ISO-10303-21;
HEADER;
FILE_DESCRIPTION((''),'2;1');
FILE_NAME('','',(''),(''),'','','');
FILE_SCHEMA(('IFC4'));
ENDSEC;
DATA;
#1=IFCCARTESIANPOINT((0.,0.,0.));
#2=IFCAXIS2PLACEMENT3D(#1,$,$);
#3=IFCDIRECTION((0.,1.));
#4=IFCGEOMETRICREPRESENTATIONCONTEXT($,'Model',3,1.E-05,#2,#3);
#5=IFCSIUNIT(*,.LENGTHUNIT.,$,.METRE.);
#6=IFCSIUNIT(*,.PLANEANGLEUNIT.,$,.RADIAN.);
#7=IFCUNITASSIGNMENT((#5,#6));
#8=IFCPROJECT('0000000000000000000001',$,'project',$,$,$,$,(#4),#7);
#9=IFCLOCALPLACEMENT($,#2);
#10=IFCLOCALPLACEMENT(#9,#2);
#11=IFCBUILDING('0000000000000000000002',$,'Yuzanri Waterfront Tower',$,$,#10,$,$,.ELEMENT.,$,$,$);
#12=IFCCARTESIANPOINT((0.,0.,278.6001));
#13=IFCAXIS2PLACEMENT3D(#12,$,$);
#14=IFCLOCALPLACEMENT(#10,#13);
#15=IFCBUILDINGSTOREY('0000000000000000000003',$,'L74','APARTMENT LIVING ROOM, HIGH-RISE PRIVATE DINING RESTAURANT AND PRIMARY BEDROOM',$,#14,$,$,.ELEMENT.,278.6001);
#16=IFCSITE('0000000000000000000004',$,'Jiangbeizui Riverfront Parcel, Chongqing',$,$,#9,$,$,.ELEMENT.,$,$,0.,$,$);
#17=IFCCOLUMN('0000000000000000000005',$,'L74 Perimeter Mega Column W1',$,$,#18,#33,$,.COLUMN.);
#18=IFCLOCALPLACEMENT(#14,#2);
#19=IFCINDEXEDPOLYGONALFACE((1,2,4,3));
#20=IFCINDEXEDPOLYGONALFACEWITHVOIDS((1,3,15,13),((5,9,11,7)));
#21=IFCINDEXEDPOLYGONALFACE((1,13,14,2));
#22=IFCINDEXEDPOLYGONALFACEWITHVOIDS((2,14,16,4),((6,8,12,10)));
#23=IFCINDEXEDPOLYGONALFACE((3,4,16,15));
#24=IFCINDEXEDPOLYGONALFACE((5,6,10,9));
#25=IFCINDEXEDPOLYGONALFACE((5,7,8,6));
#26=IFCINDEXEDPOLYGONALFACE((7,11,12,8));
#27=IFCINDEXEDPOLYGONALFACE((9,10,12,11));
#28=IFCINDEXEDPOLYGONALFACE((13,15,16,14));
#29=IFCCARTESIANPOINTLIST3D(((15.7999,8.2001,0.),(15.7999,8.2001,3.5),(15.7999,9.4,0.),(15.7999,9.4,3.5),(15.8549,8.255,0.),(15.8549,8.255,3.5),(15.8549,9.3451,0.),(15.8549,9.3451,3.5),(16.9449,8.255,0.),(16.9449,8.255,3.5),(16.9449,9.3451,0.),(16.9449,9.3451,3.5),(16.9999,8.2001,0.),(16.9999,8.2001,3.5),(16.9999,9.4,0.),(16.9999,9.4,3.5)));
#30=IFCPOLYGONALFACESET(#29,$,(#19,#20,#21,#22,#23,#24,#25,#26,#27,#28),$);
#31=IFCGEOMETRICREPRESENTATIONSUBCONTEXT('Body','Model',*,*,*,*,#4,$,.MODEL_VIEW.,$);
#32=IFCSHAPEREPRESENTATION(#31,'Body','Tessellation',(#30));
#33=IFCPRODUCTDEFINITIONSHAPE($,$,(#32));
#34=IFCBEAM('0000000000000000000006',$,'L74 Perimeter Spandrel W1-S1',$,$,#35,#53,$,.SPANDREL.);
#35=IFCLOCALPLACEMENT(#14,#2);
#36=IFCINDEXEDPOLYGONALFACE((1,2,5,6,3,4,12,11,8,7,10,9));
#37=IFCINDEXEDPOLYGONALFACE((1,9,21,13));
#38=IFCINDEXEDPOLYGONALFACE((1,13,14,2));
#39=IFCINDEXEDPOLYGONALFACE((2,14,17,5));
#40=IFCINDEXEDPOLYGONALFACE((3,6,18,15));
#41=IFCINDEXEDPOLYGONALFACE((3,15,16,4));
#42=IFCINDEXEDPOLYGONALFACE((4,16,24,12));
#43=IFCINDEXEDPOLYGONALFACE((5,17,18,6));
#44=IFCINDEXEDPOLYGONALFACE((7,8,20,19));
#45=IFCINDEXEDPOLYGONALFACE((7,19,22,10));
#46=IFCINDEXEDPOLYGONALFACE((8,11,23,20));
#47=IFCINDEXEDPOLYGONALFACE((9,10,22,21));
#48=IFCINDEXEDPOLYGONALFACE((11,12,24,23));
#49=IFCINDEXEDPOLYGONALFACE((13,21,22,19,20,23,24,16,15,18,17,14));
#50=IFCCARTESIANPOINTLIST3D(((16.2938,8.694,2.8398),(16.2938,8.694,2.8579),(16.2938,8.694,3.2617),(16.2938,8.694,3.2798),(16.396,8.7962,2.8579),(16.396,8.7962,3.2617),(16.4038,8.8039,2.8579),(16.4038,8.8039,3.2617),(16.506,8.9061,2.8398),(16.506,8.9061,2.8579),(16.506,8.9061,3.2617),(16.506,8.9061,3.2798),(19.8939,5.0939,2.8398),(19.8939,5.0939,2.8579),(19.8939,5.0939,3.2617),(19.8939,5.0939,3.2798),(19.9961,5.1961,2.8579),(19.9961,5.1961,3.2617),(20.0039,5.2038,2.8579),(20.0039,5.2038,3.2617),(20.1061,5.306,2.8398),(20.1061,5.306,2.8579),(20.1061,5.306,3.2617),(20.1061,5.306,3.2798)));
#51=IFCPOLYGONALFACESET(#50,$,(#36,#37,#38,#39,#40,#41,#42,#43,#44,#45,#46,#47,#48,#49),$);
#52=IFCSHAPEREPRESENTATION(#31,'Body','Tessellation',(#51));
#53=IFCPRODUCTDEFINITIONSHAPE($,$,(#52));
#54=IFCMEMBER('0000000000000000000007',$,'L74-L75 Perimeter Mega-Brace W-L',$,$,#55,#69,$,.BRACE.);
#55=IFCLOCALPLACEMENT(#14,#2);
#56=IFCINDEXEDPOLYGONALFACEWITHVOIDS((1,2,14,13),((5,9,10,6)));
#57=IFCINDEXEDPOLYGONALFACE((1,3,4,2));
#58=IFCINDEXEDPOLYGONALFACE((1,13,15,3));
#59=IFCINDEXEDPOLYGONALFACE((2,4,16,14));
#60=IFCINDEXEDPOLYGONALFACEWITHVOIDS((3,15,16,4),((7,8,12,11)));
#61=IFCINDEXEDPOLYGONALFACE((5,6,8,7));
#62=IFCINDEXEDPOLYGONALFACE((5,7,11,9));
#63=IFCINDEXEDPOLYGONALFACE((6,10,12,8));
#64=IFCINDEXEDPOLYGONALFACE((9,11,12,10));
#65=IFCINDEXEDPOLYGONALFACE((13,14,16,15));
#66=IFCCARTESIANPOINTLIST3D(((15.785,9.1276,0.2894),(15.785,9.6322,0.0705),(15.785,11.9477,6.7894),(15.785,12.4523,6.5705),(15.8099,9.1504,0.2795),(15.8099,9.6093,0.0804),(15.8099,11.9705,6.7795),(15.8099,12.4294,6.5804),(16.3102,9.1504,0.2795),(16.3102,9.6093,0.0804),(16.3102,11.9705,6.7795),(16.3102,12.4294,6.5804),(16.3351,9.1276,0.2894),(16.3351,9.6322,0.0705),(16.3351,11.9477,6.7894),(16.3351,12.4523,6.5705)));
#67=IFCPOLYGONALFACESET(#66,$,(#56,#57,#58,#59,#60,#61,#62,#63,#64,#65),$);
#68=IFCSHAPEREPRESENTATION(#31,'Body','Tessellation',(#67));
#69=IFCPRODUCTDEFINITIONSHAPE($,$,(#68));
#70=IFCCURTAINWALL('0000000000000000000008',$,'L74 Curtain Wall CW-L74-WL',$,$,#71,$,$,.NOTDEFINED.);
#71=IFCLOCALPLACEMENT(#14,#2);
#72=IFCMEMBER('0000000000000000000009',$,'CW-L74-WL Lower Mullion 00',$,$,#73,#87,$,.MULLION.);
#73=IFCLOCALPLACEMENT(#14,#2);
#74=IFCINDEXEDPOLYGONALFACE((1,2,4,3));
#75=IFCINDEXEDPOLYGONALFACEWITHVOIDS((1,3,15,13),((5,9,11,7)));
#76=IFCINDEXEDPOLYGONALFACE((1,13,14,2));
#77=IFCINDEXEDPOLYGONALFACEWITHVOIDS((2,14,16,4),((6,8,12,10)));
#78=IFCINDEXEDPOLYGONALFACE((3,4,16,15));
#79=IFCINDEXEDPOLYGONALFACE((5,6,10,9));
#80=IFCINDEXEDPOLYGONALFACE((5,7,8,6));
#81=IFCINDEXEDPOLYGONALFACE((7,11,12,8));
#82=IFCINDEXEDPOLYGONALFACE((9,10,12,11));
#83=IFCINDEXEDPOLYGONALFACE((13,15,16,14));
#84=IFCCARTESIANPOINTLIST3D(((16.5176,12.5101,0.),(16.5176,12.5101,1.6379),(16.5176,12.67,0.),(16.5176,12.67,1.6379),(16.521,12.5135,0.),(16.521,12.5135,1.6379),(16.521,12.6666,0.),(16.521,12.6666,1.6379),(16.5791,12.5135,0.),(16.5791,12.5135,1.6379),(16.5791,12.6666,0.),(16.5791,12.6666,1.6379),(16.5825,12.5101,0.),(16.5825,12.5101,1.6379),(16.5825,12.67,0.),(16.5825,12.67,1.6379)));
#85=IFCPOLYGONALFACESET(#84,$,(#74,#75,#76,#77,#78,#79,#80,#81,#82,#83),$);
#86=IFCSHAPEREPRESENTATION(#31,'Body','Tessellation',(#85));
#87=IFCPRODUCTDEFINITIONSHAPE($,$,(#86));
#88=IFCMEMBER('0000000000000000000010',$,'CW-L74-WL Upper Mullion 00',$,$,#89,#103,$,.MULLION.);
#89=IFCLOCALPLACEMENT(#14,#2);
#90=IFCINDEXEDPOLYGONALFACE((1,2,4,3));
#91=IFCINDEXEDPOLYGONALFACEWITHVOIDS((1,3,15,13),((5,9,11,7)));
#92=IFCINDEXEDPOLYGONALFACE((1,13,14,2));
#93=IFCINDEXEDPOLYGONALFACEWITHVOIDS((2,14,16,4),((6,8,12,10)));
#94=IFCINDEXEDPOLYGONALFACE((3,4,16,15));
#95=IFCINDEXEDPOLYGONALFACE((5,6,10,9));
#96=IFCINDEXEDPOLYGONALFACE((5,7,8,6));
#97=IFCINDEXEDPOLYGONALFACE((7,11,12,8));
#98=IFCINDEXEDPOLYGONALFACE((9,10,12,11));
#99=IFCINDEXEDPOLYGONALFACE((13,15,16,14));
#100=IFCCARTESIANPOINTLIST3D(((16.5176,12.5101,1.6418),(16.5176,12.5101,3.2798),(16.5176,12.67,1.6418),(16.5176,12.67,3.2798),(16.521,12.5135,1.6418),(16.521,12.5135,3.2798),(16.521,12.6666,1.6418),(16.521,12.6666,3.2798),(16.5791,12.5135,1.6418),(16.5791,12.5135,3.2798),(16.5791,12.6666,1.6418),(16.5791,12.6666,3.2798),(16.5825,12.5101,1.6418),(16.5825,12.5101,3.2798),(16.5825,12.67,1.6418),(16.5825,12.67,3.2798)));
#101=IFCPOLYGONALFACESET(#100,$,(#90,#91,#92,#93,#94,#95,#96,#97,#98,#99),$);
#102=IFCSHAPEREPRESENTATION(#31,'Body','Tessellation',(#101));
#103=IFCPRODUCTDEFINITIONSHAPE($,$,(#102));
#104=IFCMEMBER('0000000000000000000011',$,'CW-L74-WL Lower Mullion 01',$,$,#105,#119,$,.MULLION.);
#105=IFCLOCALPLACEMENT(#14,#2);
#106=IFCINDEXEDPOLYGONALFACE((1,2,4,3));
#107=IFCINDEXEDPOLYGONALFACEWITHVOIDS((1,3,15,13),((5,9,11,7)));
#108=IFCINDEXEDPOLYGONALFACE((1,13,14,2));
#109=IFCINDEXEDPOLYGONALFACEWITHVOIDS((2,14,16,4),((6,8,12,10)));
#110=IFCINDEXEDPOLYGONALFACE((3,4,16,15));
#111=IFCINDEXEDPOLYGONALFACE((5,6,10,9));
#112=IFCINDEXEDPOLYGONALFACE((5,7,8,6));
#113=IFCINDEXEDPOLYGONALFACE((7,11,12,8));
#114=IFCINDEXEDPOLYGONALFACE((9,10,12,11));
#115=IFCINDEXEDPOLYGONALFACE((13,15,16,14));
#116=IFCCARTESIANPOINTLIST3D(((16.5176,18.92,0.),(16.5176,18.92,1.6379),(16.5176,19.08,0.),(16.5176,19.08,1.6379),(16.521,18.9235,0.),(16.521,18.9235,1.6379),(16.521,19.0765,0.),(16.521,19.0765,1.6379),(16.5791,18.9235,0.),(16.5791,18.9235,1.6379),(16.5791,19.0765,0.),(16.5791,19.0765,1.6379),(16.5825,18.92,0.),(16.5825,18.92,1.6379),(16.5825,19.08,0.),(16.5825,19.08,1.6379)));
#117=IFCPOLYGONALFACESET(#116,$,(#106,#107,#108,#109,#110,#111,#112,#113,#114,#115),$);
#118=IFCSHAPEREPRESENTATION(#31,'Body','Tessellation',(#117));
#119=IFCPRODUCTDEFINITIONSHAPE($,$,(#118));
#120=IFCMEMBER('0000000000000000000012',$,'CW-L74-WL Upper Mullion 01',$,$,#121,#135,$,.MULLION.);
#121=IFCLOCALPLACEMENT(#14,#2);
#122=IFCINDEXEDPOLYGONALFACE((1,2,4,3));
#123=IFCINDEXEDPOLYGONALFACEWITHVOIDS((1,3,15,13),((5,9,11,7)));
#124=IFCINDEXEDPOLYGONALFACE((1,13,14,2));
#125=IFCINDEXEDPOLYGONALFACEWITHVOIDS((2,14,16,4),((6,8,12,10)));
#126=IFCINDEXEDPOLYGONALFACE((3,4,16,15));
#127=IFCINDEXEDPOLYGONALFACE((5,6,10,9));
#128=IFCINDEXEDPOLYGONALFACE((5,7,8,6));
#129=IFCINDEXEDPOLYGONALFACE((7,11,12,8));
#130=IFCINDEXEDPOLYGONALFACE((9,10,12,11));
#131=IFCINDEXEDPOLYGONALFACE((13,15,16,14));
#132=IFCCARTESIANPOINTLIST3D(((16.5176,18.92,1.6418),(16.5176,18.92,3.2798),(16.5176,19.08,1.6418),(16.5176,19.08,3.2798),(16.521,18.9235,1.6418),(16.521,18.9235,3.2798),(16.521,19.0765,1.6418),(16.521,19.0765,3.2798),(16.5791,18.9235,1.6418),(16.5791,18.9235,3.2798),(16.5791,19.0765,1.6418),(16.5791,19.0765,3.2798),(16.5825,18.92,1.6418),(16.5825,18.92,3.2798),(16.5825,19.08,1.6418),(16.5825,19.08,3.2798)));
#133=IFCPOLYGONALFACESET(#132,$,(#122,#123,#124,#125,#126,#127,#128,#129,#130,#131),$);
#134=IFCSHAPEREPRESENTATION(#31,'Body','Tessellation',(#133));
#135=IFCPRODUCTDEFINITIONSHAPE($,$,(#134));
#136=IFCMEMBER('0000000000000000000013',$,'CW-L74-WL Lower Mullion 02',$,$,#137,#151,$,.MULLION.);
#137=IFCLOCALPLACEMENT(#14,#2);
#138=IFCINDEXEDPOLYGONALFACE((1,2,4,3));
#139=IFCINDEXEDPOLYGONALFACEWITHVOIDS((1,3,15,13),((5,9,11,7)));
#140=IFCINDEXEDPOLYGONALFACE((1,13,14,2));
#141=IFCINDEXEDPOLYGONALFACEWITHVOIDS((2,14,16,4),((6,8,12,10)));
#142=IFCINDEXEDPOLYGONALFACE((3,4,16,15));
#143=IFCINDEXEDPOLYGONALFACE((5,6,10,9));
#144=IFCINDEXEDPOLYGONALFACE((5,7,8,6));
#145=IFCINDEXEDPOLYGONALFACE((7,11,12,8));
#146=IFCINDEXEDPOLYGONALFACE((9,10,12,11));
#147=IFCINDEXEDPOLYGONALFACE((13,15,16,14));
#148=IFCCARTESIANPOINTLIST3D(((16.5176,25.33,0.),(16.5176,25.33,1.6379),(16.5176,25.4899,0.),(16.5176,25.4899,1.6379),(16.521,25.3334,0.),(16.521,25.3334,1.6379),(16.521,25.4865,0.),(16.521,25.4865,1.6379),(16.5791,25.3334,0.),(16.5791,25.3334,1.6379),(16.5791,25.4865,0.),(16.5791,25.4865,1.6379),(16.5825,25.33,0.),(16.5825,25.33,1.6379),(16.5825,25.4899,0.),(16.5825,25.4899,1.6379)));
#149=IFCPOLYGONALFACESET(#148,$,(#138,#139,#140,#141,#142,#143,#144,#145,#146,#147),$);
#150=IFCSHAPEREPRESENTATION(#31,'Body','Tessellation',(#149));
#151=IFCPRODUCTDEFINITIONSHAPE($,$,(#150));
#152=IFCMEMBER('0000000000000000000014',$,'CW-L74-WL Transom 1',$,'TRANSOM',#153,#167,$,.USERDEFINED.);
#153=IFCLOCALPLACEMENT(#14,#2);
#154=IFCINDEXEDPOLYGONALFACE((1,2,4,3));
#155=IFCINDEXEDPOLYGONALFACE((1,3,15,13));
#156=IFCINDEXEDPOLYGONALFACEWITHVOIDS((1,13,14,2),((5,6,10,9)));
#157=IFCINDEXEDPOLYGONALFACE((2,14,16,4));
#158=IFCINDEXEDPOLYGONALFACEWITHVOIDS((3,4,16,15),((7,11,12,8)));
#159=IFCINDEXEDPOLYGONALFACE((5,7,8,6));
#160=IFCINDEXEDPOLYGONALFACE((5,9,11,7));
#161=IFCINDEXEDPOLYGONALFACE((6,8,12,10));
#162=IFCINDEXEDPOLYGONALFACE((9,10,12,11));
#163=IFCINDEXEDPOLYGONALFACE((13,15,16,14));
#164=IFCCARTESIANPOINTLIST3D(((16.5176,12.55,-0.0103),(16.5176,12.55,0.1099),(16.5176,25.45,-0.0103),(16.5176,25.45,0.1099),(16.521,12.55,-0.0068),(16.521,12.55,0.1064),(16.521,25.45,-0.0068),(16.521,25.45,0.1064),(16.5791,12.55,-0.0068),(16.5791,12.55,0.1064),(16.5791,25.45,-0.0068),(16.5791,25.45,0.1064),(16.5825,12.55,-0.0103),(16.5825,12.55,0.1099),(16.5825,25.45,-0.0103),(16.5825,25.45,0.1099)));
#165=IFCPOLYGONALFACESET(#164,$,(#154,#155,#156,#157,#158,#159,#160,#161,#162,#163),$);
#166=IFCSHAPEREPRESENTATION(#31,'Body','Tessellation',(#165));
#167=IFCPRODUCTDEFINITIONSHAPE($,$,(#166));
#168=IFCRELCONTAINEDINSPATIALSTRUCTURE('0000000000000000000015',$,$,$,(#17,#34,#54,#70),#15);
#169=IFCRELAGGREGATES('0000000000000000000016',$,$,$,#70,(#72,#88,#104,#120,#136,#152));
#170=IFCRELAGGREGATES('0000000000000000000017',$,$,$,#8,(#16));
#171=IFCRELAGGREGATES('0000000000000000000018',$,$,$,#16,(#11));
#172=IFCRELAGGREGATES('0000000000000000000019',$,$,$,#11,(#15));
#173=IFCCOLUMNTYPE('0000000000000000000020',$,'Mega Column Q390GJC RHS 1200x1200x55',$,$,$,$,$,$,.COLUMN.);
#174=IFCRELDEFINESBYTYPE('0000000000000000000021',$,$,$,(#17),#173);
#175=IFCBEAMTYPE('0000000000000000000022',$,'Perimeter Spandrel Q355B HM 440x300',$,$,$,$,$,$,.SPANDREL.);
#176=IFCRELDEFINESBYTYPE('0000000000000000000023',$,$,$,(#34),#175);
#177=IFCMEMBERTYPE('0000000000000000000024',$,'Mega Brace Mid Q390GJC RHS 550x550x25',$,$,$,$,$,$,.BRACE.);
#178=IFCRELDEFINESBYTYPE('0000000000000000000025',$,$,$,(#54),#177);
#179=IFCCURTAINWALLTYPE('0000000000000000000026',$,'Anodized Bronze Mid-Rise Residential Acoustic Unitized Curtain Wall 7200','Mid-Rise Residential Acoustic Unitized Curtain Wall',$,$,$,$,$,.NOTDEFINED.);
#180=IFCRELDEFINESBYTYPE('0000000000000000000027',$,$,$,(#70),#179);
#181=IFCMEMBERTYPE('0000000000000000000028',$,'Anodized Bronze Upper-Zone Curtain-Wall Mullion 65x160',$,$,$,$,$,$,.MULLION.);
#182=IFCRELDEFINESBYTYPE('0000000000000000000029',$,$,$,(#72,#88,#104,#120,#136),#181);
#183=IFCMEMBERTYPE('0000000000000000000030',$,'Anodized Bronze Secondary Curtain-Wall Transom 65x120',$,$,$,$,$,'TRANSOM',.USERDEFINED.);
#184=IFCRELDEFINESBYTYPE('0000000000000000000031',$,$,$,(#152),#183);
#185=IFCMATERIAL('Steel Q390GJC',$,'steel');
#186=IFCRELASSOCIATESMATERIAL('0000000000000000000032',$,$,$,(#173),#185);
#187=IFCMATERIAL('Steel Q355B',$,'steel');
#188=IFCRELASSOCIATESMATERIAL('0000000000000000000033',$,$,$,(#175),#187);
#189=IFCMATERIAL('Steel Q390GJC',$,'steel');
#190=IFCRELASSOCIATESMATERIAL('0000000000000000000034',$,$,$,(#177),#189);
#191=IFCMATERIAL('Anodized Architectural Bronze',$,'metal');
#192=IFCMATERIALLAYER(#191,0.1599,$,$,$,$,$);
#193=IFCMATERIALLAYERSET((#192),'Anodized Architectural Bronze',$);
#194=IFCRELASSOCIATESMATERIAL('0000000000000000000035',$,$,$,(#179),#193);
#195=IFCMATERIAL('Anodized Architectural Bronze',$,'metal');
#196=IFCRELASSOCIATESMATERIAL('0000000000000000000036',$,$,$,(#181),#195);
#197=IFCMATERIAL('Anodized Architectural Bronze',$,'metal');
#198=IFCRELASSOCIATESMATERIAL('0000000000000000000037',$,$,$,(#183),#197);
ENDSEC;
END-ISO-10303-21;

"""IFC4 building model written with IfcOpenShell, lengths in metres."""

from ifc_helpers import new_model, si_unit, direction, frame, origin, origin_2d, place, context, subcontext, project, spatial, hollow_rectangle, i_section, extrude, source, transform, mapped, material, layer, layer_set, material_profile, profile_set, type_object, element, aggregate, save


model = new_model("IFC4")

# Units and contexts
model_context = context("Model", 3, precision=1e-05, world=origin(), true_north=direction((0.0, 1.0)))
body_context = subcontext(model_context, "Body", "Model", "MODEL_VIEW")
ifc_project = project(units=[si_unit("LENGTHUNIT", "METRE"), si_unit("PLANEANGLEUNIT", "RADIAN")], contexts=[model_context])

# Site, building, storey
site_placement = place(None, origin())
site = spatial("IfcSite", under=ifc_project, at=site_placement, Name="Jiangbeizui Riverfront Parcel, Chongqing", CompositionType="ELEMENT", RefElevation=0.0)
building_placement = place(site_placement, origin())
building = spatial("IfcBuilding", under=site, at=building_placement, Name="Yuzanri Waterfront Tower", CompositionType="ELEMENT")
storey_placement = place(building_placement, frame((0.0, 0.0, 278.6001)))
storey = spatial("IfcBuildingStorey", under=building, at=storey_placement, Name="L74", Description="APARTMENT LIVING ROOM, HIGH-RISE PRIVATE DINING RESTAURANT AND PRIMARY BEDROOM", CompositionType="ELEMENT", Elevation=278.6001)

# Column
ifc_material_1 = material(Name="Steel Q390GJC", Category="steel")
ifc_material_profile_1 = material_profile(ifc_material_1, hollow_rectangle(XDim=1.2, YDim=1.2, WallThickness=0.0549, at=origin_2d()), Name="RHS 1200x1200x55")
ifc_profile_set_1 = profile_set([ifc_material_profile_1], Name="Steel Q390GJC")
column_type = type_object("IfcColumnType", Name="Mega Column Q390GJC RHS 1200x1200x55", PredefinedType="COLUMN", material=ifc_profile_set_1)
shared_shape_1 = source(origin(), body_context, "Body", "SweptSolid", [
    extrude(hollow_rectangle(XDim=1.2, YDim=1.2, WallThickness=0.0549, at=origin_2d()), origin(), (0.0, 0.0, 1.0), 3.5),
])
column_placement = place(storey_placement, frame((16.3999, 8.8, 0.0), z_axis=(0.0, 0.0, 1.0), x_axis=(1.0, 0.0, 0.0)))
element("IfcColumn", 1, at=column_placement, inside=storey, type_object=column_type, Name="L74 Perimeter Mega Column W1", PredefinedType="COLUMN", context=body_context, shape_type="MappedRepresentation", body=[
    mapped(shared_shape_1, transform((0.0, 0.0, 0.0), scale=1.0)),
])

# Beam
ifc_material_2 = material(Name="Steel Q355B", Category="steel")
ifc_material_profile_2 = material_profile(ifc_material_2, i_section(OverallWidth=0.3, OverallDepth=0.4399, WebThickness=0.011, FlangeThickness=0.0181, at=origin_2d()), Name="HM 440x300x11x18")
ifc_profile_set_2 = profile_set([ifc_material_profile_2], Name="Steel Q355B")
beam_type = type_object("IfcBeamType", Name="Perimeter Spandrel Q355B HM 440x300", PredefinedType="SPANDREL", material=ifc_profile_set_2)
shared_shape_2 = source(origin(), body_context, "Body", "SweptSolid", [
    extrude(i_section(OverallWidth=0.3, OverallDepth=0.4399, WebThickness=0.011, FlangeThickness=0.0181, at=origin_2d()), origin(), (0.0, 0.0, 1.0), 5.0913),
])
beam_placement = place(storey_placement, frame((16.3999, 8.8, 3.0598), z_axis=(0.707107, -0.707107, 0.0), x_axis=(0.707107, 0.707107, 0.0)))
element("IfcBeam", 2, at=beam_placement, inside=storey, type_object=beam_type, Name="L74 Perimeter Spandrel W1-S1", PredefinedType="SPANDREL", context=body_context, shape_type="MappedRepresentation", body=[
    mapped(shared_shape_2, transform((0.0, 0.0, 0.0), scale=1.0)),
])

# Member
ifc_material_3 = material(Name="Steel Q390GJC", Category="steel")
ifc_material_profile_3 = material_profile(ifc_material_3, hollow_rectangle(XDim=0.55, YDim=0.55, WallThickness=0.0249, at=origin_2d()), Name="RHS 550x550x25")
ifc_profile_set_3 = profile_set([ifc_material_profile_3], Name="Steel Q390GJC")
member_type_1 = type_object("IfcMemberType", Name="Mega Brace Mid Q390GJC RHS 550x550x25", PredefinedType="BRACE", material=ifc_profile_set_3)
shared_shape_3 = source(origin(), body_context, "Body", "SweptSolid", [
    extrude(hollow_rectangle(XDim=0.55, YDim=0.55, WallThickness=0.0249, at=origin_2d()), origin(), (0.0, 0.0, 1.0), 7.0854),
])
member_1_placement = place(storey_placement, frame((16.0601, 9.3799, 0.1799), z_axis=(0.0, 0.398012, 0.91738), x_axis=(-1.0, 0.0, 0.0)))
element("IfcMember", 3, at=member_1_placement, inside=storey, type_object=member_type_1, Name="L74-L75 Perimeter Mega-Brace W-L", PredefinedType="BRACE", context=body_context, shape_type="MappedRepresentation", body=[
    mapped(shared_shape_3, transform((0.0, 0.0, 0.0), scale=1.0)),
])

# Curtain wall, members
ifc_material_4 = material(Name="Anodized Architectural Bronze", Category="metal")
ifc_layer_1 = layer(ifc_material_4, 0.1599)
ifc_layer_set_1 = layer_set([ifc_layer_1], Name="Anodized Architectural Bronze")
curtain_wall_type = type_object("IfcCurtainWallType", Name="Anodized Bronze Mid-Rise Residential Acoustic Unitized Curtain Wall 7200", Description="Mid-Rise Residential Acoustic Unitized Curtain Wall", PredefinedType="NOTDEFINED", material=ifc_layer_set_1)
curtain_wall_placement = place(storey_placement, origin())
curtain_wall = element("IfcCurtainWall", 4, at=curtain_wall_placement, inside=storey, type_object=curtain_wall_type, Name="L74 Curtain Wall CW-L74-WL", PredefinedType="NOTDEFINED")
ifc_material_5 = material(Name="Anodized Architectural Bronze", Category="metal")
ifc_material_profile_4 = material_profile(ifc_material_5, hollow_rectangle(XDim=0.0649, YDim=0.1599, WallThickness=0.0034, at=origin_2d()), Name="CWM 65x160")
ifc_profile_set_4 = profile_set([ifc_material_profile_4], Name="Anodized Architectural Bronze")
member_type_2 = type_object("IfcMemberType", Name="Anodized Bronze Upper-Zone Curtain-Wall Mullion 65x160", PredefinedType="MULLION", material=ifc_profile_set_4)
shared_shape_4 = source(origin(), body_context, "Body", "SweptSolid", [
    extrude(hollow_rectangle(XDim=0.0649, YDim=0.1599, WallThickness=0.0034, at=origin_2d()), origin(), (0.0, 0.0, 1.0), 1.6379),
])
member_2_placement = place(storey_placement, frame((16.55, 12.5901, 0.0), z_axis=(0.0, 0.0, 1.0), x_axis=(1.0, 0.0, 0.0)))
member_2 = element("IfcMember", 5, at=member_2_placement, type_object=member_type_2, Name="CW-L74-WL Lower Mullion 00", PredefinedType="MULLION", context=body_context, shape_type="MappedRepresentation", body=[
    mapped(shared_shape_4, transform((0.0, 0.0, 0.0), scale=1.0)),
])
member_3_placement = place(storey_placement, frame((16.55, 12.5901, 1.6418), z_axis=(0.0, 0.0, 1.0), x_axis=(1.0, 0.0, 0.0)))
member_3 = element("IfcMember", 6, at=member_3_placement, type_object=member_type_2, Name="CW-L74-WL Upper Mullion 00", PredefinedType="MULLION", context=body_context, shape_type="MappedRepresentation", body=[
    mapped(shared_shape_4, transform((0.0, 0.0, 0.0), scale=1.0)),
])
member_4_placement = place(storey_placement, frame((16.55, 19.0, 0.0), z_axis=(0.0, 0.0, 1.0), x_axis=(1.0, 0.0, 0.0)))
member_4 = element("IfcMember", 7, at=member_4_placement, type_object=member_type_2, Name="CW-L74-WL Lower Mullion 01", PredefinedType="MULLION", context=body_context, shape_type="MappedRepresentation", body=[
    mapped(shared_shape_4, transform((0.0, 0.0, 0.0), scale=1.0)),
])
member_5_placement = place(storey_placement, frame((16.55, 19.0, 1.6418), z_axis=(0.0, 0.0, 1.0), x_axis=(1.0, 0.0, 0.0)))
member_5 = element("IfcMember", 8, at=member_5_placement, type_object=member_type_2, Name="CW-L74-WL Upper Mullion 01", PredefinedType="MULLION", context=body_context, shape_type="MappedRepresentation", body=[
    mapped(shared_shape_4, transform((0.0, 0.0, 0.0), scale=1.0)),
])
member_6_placement = place(storey_placement, frame((16.55, 25.4099, 0.0), z_axis=(0.0, 0.0, 1.0), x_axis=(1.0, 0.0, 0.0)))
member_6 = element("IfcMember", 9, at=member_6_placement, type_object=member_type_2, Name="CW-L74-WL Lower Mullion 02", PredefinedType="MULLION", context=body_context, shape_type="MappedRepresentation", body=[
    mapped(shared_shape_4, transform((0.0, 0.0, 0.0), scale=1.0)),
])
ifc_material_6 = material(Name="Anodized Architectural Bronze", Category="metal")
ifc_material_profile_5 = material_profile(ifc_material_6, hollow_rectangle(XDim=0.0649, YDim=0.1201, WallThickness=0.0034, at=origin_2d()), Name="CWT 65x120")
ifc_profile_set_5 = profile_set([ifc_material_profile_5], Name="Anodized Architectural Bronze")
member_type_3 = type_object("IfcMemberType", Name="Anodized Bronze Secondary Curtain-Wall Transom 65x120", ElementType="TRANSOM", PredefinedType="USERDEFINED", material=ifc_profile_set_5)
shared_shape_5 = source(origin(), body_context, "Body", "SweptSolid", [
    extrude(hollow_rectangle(XDim=0.0649, YDim=0.1201, WallThickness=0.0034, at=origin_2d()), origin(), (0.0, 0.0, 1.0), 12.8999),
])
member_7_placement = place(storey_placement, frame((16.55, 12.55, 0.0498), z_axis=(0.0, 1.0, 0.0), x_axis=(-1.0, 0.0, 0.0)))
member_7 = element("IfcMember", 10, at=member_7_placement, type_object=member_type_3, Name="CW-L74-WL Transom 1", ObjectType="TRANSOM", PredefinedType="USERDEFINED", context=body_context, shape_type="MappedRepresentation", body=[
    mapped(shared_shape_5, transform((0.0, 0.0, 0.0), scale=1.0)),
])

aggregate(curtain_wall, [member_2, member_3, member_4, member_5, member_6, member_7])

save(model, "model.ifc")
